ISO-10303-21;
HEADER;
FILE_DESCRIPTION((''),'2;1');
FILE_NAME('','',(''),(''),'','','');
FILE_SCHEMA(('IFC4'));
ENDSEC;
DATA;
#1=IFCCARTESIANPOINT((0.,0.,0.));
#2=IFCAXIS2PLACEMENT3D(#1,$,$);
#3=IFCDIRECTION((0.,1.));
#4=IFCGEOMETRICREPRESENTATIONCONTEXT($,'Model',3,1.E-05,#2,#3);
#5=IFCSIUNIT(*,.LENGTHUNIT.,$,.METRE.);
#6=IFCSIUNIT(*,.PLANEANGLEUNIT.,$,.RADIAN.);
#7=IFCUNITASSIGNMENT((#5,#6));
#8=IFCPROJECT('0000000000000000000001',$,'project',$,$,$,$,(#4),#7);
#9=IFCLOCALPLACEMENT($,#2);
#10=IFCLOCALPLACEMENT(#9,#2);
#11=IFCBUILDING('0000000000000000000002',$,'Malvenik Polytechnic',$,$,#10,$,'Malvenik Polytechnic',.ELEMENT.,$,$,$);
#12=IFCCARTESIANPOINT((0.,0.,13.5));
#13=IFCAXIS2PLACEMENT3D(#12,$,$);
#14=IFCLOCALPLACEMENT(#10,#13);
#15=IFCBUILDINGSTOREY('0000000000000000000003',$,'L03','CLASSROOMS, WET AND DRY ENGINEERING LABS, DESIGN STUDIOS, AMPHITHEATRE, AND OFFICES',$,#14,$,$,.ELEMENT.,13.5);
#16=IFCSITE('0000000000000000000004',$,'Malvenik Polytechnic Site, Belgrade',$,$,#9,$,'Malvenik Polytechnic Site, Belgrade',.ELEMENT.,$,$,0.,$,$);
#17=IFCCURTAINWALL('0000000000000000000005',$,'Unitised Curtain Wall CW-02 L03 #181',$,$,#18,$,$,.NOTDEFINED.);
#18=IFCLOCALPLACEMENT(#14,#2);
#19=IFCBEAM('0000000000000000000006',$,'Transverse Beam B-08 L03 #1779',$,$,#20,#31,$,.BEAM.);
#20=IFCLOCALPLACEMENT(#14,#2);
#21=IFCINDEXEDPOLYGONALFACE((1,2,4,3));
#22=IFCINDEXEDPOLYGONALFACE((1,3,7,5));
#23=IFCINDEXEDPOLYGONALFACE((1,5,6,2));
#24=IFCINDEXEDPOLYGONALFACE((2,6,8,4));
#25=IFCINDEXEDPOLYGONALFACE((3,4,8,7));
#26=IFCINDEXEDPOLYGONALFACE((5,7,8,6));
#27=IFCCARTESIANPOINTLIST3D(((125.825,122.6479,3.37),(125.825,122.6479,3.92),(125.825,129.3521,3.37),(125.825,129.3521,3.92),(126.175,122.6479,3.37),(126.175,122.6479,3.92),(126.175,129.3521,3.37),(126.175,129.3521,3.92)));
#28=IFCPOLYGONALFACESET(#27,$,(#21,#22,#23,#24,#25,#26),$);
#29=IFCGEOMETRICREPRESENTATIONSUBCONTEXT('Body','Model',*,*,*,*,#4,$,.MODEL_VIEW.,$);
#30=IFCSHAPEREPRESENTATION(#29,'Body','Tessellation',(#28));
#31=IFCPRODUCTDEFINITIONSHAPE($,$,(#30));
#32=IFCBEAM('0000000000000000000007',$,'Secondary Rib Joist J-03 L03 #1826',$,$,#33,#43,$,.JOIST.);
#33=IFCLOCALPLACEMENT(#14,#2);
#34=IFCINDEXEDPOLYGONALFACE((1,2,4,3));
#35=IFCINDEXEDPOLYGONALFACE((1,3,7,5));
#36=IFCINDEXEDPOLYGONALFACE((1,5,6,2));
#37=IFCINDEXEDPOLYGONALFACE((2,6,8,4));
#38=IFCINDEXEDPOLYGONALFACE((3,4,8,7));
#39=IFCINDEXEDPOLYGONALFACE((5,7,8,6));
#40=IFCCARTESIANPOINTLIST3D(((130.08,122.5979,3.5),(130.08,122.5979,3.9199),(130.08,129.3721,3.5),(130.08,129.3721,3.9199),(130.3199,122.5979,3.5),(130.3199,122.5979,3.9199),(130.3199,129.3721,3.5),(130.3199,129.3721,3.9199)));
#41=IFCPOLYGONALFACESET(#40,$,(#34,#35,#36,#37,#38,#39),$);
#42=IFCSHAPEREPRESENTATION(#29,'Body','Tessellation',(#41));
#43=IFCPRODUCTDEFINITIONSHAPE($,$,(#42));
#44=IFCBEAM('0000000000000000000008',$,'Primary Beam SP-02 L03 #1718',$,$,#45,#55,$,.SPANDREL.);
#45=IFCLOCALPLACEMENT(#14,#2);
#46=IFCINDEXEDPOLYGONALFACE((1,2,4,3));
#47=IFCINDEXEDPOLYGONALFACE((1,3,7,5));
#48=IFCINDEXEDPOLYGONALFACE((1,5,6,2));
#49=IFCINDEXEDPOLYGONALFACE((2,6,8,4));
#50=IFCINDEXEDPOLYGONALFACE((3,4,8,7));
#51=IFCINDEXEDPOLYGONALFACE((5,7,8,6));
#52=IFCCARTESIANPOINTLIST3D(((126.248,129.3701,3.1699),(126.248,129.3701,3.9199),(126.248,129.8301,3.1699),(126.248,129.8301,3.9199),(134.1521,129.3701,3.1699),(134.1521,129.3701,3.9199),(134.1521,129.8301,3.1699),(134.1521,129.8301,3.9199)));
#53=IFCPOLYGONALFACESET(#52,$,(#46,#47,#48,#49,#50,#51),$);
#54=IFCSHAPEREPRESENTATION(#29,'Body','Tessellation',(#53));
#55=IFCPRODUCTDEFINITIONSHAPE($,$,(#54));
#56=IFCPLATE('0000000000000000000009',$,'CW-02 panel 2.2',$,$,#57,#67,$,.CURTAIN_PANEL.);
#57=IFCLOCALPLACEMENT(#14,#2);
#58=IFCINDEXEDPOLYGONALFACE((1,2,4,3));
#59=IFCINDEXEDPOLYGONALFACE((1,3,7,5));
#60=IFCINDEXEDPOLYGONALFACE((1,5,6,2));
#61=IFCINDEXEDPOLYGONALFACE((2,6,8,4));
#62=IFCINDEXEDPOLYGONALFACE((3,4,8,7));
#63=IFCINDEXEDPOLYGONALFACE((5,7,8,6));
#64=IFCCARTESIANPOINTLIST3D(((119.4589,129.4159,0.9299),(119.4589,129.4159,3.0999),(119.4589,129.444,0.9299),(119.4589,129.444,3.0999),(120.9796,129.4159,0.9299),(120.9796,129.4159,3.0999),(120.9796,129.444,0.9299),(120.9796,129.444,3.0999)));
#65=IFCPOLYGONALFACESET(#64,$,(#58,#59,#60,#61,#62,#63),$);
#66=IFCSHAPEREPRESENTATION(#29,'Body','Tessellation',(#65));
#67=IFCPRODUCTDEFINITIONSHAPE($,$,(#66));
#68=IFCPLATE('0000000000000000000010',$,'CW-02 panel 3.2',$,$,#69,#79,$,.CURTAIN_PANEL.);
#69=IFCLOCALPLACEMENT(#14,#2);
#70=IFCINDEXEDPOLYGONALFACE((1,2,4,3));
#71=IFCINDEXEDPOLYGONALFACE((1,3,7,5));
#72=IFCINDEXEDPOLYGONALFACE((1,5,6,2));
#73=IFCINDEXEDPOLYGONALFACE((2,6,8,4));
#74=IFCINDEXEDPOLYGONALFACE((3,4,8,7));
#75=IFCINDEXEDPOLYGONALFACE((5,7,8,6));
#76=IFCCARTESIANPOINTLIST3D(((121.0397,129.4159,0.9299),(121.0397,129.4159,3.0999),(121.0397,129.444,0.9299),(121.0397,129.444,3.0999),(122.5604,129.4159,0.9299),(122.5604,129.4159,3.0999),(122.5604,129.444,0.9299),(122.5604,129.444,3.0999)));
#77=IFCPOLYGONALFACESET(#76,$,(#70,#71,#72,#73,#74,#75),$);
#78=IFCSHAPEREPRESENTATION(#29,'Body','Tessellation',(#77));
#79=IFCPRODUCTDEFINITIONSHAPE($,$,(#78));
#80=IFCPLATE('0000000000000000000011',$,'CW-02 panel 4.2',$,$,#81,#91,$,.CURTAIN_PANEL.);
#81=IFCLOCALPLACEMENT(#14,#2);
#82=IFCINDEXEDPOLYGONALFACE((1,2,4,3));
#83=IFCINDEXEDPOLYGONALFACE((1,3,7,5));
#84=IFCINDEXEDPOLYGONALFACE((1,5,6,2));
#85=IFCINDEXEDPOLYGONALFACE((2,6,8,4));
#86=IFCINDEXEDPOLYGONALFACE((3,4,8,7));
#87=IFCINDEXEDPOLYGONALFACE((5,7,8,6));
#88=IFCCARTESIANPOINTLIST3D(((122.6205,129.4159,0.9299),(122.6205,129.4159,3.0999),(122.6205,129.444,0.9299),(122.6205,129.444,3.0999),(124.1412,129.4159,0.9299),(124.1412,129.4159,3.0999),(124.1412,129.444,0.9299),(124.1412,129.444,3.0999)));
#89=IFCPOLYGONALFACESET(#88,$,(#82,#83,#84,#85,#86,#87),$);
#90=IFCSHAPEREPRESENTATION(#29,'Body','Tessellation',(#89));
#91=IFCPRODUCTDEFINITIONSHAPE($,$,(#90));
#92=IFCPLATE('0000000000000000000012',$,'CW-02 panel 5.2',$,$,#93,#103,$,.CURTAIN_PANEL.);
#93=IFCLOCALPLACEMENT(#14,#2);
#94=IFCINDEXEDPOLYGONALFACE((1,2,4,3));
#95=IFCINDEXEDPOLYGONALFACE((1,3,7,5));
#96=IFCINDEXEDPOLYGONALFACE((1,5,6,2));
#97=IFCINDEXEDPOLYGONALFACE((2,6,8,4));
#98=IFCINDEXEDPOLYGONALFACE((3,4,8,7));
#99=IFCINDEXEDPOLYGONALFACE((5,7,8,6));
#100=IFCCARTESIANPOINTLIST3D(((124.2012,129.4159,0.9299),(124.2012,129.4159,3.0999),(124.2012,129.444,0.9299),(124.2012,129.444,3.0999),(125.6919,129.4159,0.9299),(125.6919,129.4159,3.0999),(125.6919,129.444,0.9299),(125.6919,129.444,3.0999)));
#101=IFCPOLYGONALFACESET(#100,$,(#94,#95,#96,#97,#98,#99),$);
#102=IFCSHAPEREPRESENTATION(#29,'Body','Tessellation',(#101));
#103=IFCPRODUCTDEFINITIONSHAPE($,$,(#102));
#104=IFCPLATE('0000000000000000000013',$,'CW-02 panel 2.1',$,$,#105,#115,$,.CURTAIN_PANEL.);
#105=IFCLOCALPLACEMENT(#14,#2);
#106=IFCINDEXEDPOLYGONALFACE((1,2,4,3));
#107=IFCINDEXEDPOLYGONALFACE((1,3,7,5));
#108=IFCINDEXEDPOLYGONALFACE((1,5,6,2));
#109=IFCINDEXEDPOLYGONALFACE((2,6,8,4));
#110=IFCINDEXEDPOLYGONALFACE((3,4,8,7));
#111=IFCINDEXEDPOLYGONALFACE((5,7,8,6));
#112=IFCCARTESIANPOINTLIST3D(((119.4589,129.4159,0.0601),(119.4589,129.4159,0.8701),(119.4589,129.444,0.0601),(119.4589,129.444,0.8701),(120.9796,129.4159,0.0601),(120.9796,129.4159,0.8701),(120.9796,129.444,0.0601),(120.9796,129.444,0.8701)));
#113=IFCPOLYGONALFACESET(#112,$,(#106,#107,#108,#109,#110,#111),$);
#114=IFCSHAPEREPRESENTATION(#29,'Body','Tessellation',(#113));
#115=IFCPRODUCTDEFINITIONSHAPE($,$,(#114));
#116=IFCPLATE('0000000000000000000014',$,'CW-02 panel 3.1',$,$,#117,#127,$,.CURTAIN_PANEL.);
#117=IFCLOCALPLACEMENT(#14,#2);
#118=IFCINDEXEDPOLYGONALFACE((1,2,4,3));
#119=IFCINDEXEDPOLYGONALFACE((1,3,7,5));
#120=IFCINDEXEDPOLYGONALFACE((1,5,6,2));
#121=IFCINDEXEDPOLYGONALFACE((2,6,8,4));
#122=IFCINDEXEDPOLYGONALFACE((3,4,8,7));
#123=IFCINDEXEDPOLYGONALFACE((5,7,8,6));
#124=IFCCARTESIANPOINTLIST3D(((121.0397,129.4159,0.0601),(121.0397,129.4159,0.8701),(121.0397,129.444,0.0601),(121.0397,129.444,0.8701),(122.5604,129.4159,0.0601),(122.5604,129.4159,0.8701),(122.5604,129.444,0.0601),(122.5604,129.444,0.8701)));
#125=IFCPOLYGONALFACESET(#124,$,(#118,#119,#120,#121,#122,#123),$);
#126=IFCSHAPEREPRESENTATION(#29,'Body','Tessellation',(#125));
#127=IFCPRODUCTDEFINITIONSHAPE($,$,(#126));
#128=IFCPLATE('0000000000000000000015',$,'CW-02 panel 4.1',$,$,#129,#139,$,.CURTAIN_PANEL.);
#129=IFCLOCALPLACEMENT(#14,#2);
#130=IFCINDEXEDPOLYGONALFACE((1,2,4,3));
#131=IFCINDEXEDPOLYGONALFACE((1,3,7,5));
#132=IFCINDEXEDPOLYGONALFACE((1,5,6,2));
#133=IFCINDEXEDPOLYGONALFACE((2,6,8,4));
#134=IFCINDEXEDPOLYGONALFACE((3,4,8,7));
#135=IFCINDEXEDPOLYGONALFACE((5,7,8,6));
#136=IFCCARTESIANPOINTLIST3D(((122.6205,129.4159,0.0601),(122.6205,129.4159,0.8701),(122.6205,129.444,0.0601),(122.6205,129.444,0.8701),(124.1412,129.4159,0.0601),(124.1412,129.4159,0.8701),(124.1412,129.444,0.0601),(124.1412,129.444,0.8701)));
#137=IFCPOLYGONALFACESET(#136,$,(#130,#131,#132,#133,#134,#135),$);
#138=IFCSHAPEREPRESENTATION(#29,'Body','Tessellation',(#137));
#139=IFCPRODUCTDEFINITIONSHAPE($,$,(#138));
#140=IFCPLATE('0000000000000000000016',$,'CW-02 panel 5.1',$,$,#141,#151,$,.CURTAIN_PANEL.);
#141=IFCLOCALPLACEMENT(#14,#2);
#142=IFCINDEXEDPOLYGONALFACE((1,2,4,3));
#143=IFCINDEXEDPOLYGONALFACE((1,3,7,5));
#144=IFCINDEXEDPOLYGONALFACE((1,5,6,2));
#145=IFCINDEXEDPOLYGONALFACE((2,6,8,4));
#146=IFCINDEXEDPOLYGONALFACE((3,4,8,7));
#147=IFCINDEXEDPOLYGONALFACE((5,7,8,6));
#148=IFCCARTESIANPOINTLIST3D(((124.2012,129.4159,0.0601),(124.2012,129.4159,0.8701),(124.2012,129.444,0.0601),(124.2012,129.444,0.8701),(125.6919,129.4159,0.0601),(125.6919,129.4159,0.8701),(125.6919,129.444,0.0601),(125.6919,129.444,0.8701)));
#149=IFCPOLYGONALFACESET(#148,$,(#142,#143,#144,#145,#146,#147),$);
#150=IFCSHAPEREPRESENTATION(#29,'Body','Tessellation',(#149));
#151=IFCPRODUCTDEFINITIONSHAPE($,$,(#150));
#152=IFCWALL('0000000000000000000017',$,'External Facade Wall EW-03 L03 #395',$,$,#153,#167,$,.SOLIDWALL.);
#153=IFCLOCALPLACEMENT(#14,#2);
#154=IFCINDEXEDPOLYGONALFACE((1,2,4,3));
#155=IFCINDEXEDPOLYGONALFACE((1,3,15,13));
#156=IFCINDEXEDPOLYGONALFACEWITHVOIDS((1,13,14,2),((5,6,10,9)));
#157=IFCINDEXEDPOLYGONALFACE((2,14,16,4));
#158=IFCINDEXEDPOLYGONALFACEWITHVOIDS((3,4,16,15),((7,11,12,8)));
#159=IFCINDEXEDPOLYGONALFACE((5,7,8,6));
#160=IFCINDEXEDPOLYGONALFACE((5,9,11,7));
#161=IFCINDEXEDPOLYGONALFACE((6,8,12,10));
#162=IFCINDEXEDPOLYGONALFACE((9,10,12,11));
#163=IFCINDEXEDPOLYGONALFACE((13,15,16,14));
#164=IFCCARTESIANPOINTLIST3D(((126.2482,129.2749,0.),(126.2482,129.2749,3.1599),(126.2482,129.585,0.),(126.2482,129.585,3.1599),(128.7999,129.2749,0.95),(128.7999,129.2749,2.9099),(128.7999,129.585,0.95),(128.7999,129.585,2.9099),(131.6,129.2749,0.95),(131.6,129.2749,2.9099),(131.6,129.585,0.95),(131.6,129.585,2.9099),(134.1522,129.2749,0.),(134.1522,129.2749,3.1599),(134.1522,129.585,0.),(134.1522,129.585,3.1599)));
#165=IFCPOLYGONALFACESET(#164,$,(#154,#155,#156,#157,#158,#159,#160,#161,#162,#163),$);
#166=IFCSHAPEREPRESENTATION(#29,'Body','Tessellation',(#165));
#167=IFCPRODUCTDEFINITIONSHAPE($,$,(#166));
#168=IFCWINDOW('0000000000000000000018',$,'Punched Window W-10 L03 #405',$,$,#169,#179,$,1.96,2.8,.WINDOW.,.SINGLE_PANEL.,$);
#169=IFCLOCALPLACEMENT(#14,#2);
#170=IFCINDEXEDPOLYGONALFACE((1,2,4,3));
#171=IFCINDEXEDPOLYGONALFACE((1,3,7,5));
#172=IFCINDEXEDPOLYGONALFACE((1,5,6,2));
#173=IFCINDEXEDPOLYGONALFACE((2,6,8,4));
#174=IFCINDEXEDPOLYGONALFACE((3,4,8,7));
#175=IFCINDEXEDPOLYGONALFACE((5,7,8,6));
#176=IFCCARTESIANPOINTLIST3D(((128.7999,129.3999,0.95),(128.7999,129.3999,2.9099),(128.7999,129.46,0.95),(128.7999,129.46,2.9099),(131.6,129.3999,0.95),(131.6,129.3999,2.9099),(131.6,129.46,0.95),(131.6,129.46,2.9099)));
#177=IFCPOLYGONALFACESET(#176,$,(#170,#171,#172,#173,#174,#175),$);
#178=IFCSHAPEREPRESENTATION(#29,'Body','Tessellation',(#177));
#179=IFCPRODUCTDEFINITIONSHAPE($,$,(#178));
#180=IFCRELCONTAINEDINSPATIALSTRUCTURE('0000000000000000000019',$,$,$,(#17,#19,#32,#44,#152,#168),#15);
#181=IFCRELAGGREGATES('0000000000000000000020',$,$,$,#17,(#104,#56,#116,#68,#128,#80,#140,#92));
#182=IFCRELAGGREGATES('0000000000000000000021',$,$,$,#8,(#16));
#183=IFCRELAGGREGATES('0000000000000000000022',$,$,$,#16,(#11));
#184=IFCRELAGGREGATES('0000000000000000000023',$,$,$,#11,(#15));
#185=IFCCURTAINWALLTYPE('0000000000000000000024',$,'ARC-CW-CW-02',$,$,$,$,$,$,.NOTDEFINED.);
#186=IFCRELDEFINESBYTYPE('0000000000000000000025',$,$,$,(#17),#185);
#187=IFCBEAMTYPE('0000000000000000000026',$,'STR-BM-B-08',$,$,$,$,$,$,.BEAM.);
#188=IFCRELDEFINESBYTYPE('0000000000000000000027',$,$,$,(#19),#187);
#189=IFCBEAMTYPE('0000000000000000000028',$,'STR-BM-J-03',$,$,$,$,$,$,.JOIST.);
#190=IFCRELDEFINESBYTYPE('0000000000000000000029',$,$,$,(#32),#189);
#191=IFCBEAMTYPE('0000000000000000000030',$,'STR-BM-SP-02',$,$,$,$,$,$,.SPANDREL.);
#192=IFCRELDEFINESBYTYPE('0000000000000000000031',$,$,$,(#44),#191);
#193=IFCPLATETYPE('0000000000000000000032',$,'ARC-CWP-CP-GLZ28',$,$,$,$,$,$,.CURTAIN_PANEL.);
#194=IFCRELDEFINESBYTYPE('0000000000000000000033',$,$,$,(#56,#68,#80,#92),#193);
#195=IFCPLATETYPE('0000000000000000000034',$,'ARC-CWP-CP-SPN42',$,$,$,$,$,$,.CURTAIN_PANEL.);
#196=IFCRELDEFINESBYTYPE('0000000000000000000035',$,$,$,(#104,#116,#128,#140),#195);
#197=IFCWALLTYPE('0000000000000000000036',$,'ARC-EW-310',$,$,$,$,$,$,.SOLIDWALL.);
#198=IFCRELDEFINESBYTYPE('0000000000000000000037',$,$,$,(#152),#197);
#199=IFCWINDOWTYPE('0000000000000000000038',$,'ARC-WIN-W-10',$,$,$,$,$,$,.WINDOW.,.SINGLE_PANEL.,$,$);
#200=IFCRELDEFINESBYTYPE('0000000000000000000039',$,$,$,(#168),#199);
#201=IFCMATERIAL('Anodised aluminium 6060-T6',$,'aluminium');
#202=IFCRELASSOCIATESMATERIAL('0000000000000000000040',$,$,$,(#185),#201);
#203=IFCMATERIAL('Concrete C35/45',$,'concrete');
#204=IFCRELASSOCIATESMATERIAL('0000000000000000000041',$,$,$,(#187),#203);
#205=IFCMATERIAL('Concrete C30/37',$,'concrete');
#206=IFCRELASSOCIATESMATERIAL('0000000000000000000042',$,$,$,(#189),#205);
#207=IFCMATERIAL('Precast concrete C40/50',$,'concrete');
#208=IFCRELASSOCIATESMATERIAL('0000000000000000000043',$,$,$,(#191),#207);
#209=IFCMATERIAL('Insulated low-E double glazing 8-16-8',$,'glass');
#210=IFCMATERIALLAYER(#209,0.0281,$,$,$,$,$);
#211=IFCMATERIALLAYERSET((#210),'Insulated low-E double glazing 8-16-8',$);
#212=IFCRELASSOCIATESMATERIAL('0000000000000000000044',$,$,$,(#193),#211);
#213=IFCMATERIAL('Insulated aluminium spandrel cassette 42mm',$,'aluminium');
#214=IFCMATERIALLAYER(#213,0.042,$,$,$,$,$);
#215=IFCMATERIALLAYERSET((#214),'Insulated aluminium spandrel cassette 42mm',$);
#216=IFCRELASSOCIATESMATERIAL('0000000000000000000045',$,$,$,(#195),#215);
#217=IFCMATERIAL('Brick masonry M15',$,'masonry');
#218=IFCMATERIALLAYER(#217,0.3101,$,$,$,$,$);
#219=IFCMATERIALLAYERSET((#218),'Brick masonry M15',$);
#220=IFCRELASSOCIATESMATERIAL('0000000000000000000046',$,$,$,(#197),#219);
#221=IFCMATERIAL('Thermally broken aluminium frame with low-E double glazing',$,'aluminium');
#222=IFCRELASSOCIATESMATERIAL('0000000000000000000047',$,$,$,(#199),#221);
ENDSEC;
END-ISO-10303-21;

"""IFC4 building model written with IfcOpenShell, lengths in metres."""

from ifc_helpers import new_model, si_unit, direction, frame, frame_2d, origin, origin_2d, place, context, subcontext, project, spatial, rectangle, extrude, material, layer, layer_set, material_profile, profile_set, type_object, element, fill, aggregate, save


model = new_model("IFC4")

# Units and contexts
model_context = context("Model", 3, precision=1e-05, world=origin(), true_north=direction((0.0, 1.0)))
body_context = subcontext(model_context, "Body", "Model", "MODEL_VIEW")
ifc_project = project(units=[si_unit("LENGTHUNIT", "METRE"), si_unit("PLANEANGLEUNIT", "RADIAN")], contexts=[model_context])

# Site, building, storey
site_placement = place(None, origin())
site = spatial("IfcSite", under=ifc_project, at=site_placement, Name="Malvenik Polytechnic Site, Belgrade", LongName="Malvenik Polytechnic Site, Belgrade", CompositionType="ELEMENT", RefElevation=0.0)
building_placement = place(site_placement, origin())
building = spatial("IfcBuilding", under=site, at=building_placement, Name="Malvenik Polytechnic", LongName="Malvenik Polytechnic", CompositionType="ELEMENT")
storey_placement = place(building_placement, frame((0.0, 0.0, 13.5)))
storey = spatial("IfcBuildingStorey", under=building, at=storey_placement, Name="L03", Description="CLASSROOMS, WET AND DRY ENGINEERING LABS, DESIGN STUDIOS, AMPHITHEATRE, AND OFFICES", CompositionType="ELEMENT", Elevation=13.5)

# Shared definitions
ifc_material_1 = material(Name="Concrete C35/45", Category="concrete")

# Curtain wall
ifc_material_2 = material(Name="Anodised aluminium 6060-T6", Category="aluminium")
curtain_wall_type = type_object("IfcCurtainWallType", Name="ARC-CW-CW-02", PredefinedType="NOTDEFINED", material=ifc_material_2)
curtain_wall_placement = place(storey_placement, origin())
curtain_wall = element("IfcCurtainWall", 1, at=curtain_wall_placement, inside=storey, type_object=curtain_wall_type, Name="Unitised Curtain Wall CW-02 L03 #181", PredefinedType="NOTDEFINED")

# Beams
ifc_material_profile_1 = material_profile(ifc_material_1, rectangle(XDim=0.3501, YDim=0.55, at=origin_2d()), Name="RC BM 350x550")
ifc_profile_set_1 = profile_set([ifc_material_profile_1], Name="Concrete C35/45")
beam_type_1 = type_object("IfcBeamType", Name="STR-BM-B-08", PredefinedType="BEAM", material=ifc_profile_set_1)
beam_1_placement = place(storey_placement, frame((126.0, 122.6479, 3.645), z_axis=(0.0, 1.0, 0.0), x_axis=(-1.0, 0.0, 0.0)))
element("IfcBeam", 2, at=beam_1_placement, inside=storey, type_object=beam_type_1, Name="Transverse Beam B-08 L03 #1779", PredefinedType="BEAM", context=body_context, shape_type="SweptSolid", body=[
    extrude(rectangle(XDim=0.3501, YDim=0.55, at=origin_2d()), origin(), (0.0, 0.0, 1.0), 6.7041),
])
ifc_material_3 = material(Name="Concrete C30/37", Category="concrete")
ifc_material_profile_2 = material_profile(ifc_material_3, rectangle(XDim=0.24, YDim=0.4199, at=origin_2d()), Name="RC JST 240x420")
ifc_profile_set_2 = profile_set([ifc_material_profile_2], Name="Concrete C30/37")
beam_type_2 = type_object("IfcBeamType", Name="STR-BM-J-03", PredefinedType="JOIST", material=ifc_profile_set_2)
beam_2_placement = place(storey_placement, frame((130.2, 122.5979, 3.71), z_axis=(0.0, 1.0, 0.0), x_axis=(-1.0, 0.0, 0.0)))
element("IfcBeam", 3, at=beam_2_placement, inside=storey, type_object=beam_type_2, Name="Secondary Rib Joist J-03 L03 #1826", PredefinedType="JOIST", context=body_context, shape_type="SweptSolid", body=[
    extrude(rectangle(XDim=0.24, YDim=0.4199, at=origin_2d()), origin(), (0.0, 0.0, 1.0), 6.7742),
])
ifc_material_4 = material(Name="Precast concrete C40/50", Category="concrete")
ifc_material_profile_3 = material_profile(ifc_material_4, rectangle(XDim=0.46, YDim=0.75, at=origin_2d()), Name="PC SPN 460x750")
ifc_profile_set_3 = profile_set([ifc_material_profile_3], Name="Precast concrete C40/50")
beam_type_3 = type_object("IfcBeamType", Name="STR-BM-SP-02", PredefinedType="SPANDREL", material=ifc_profile_set_3)
beam_3_placement = place(storey_placement, frame((126.248, 129.6001, 3.5449), z_axis=(1.0, 0.0, 0.0), x_axis=(0.0, 1.0, 0.0)))
element("IfcBeam", 4, at=beam_3_placement, inside=storey, type_object=beam_type_3, Name="Primary Beam SP-02 L03 #1718", PredefinedType="SPANDREL", context=body_context, shape_type="SweptSolid", body=[
    extrude(rectangle(XDim=0.46, YDim=0.75, at=origin_2d()), origin(), (0.0, 0.0, 1.0), 7.9041),
])

# Plates
ifc_material_5 = material(Name="Insulated low-E double glazing 8-16-8", Category="glass")
ifc_layer_1 = layer(ifc_material_5, 0.0281)
ifc_layer_set_1 = layer_set([ifc_layer_1], Name="Insulated low-E double glazing 8-16-8")
plate_type_1 = type_object("IfcPlateType", Name="ARC-CWP-CP-GLZ28", PredefinedType="CURTAIN_PANEL", material=ifc_layer_set_1)
plate_1_placement = place(storey_placement, frame((120.2192, 129.4299, 0.9299), z_axis=(0.0, 0.0, 1.0), x_axis=(1.0, 0.0, 0.0)))
plate_1 = element("IfcPlate", 5, at=plate_1_placement, type_object=plate_type_1, Name="CW-02 panel 2.2", PredefinedType="CURTAIN_PANEL", context=body_context, shape_type="SweptSolid", body=[
    extrude(rectangle(XDim=1.5208, YDim=0.0281, at=origin_2d()), origin(), (0.0, 0.0, 1.0), 2.1699),
])
plate_2_placement = place(storey_placement, frame((121.8, 129.4299, 0.9299), z_axis=(0.0, 0.0, 1.0), x_axis=(1.0, 0.0, 0.0)))
plate_2 = element("IfcPlate", 6, at=plate_2_placement, type_object=plate_type_1, Name="CW-02 panel 3.2", PredefinedType="CURTAIN_PANEL", context=body_context, shape_type="SweptSolid", body=[
    extrude(rectangle(XDim=1.5208, YDim=0.0281, at=origin_2d()), origin(), (0.0, 0.0, 1.0), 2.1699),
])
plate_3_placement = place(storey_placement, frame((123.3809, 129.4299, 0.9299), z_axis=(0.0, 0.0, 1.0), x_axis=(1.0, 0.0, 0.0)))
plate_3 = element("IfcPlate", 7, at=plate_3_placement, type_object=plate_type_1, Name="CW-02 panel 4.2", PredefinedType="CURTAIN_PANEL", context=body_context, shape_type="SweptSolid", body=[
    extrude(rectangle(XDim=1.5208, YDim=0.0281, at=origin_2d()), origin(), (0.0, 0.0, 1.0), 2.1699),
])
plate_4_placement = place(storey_placement, frame((124.9465, 129.4299, 0.9299), z_axis=(0.0, 0.0, 1.0), x_axis=(1.0, 0.0, 0.0)))
plate_4 = element("IfcPlate", 8, at=plate_4_placement, type_object=plate_type_1, Name="CW-02 panel 5.2", PredefinedType="CURTAIN_PANEL", context=body_context, shape_type="SweptSolid", body=[
    extrude(rectangle(XDim=1.4907, YDim=0.0281, at=origin_2d()), origin(), (0.0, 0.0, 1.0), 2.1699),
])
ifc_material_6 = material(Name="Insulated aluminium spandrel cassette 42mm", Category="aluminium")
ifc_layer_2 = layer(ifc_material_6, 0.042)
ifc_layer_set_2 = layer_set([ifc_layer_2], Name="Insulated aluminium spandrel cassette 42mm")
plate_type_2 = type_object("IfcPlateType", Name="ARC-CWP-CP-SPN42", PredefinedType="CURTAIN_PANEL", material=ifc_layer_set_2)
plate_5_placement = place(storey_placement, frame((120.2192, 129.4299, 0.0601), z_axis=(0.0, 0.0, 1.0), x_axis=(1.0, 0.0, 0.0)))
plate_5 = element("IfcPlate", 9, at=plate_5_placement, type_object=plate_type_2, Name="CW-02 panel 2.1", PredefinedType="CURTAIN_PANEL", context=body_context, shape_type="SweptSolid", body=[
    extrude(rectangle(XDim=1.5208, YDim=0.0281, at=origin_2d()), origin(), (0.0, 0.0, 1.0), 0.8101),
])
plate_6_placement = place(storey_placement, frame((121.8, 129.4299, 0.0601), z_axis=(0.0, 0.0, 1.0), x_axis=(1.0, 0.0, 0.0)))
plate_6 = element("IfcPlate", 10, at=plate_6_placement, type_object=plate_type_2, Name="CW-02 panel 3.1", PredefinedType="CURTAIN_PANEL", context=body_context, shape_type="SweptSolid", body=[
    extrude(rectangle(XDim=1.5208, YDim=0.0281, at=origin_2d()), origin(), (0.0, 0.0, 1.0), 0.8101),
])
plate_7_placement = place(storey_placement, frame((123.3809, 129.4299, 0.0601), z_axis=(0.0, 0.0, 1.0), x_axis=(1.0, 0.0, 0.0)))
plate_7 = element("IfcPlate", 11, at=plate_7_placement, type_object=plate_type_2, Name="CW-02 panel 4.1", PredefinedType="CURTAIN_PANEL", context=body_context, shape_type="SweptSolid", body=[
    extrude(rectangle(XDim=1.5208, YDim=0.0281, at=origin_2d()), origin(), (0.0, 0.0, 1.0), 0.8101),
])
plate_8_placement = place(storey_placement, frame((124.9465, 129.4299, 0.0601), z_axis=(0.0, 0.0, 1.0), x_axis=(1.0, 0.0, 0.0)))
plate_8 = element("IfcPlate", 12, at=plate_8_placement, type_object=plate_type_2, Name="CW-02 panel 5.1", PredefinedType="CURTAIN_PANEL", context=body_context, shape_type="SweptSolid", body=[
    extrude(rectangle(XDim=1.4907, YDim=0.0281, at=origin_2d()), origin(), (0.0, 0.0, 1.0), 0.8101),
])
aggregate(curtain_wall, [plate_5, plate_1, plate_6, plate_2, plate_7, plate_3, plate_8, plate_4])

# Wall, opening, window
ifc_material_7 = material(Name="Brick masonry M15", Category="masonry")
ifc_layer_3 = layer(ifc_material_7, 0.3101)
ifc_layer_set_3 = layer_set([ifc_layer_3], Name="Brick masonry M15")
wall_type = type_object("IfcWallType", Name="ARC-EW-310", PredefinedType="SOLIDWALL", material=ifc_layer_set_3)
wall_placement = place(storey_placement, frame((126.248, 129.4299, 0.0), z_axis=(0.0, 0.0, 1.0), x_axis=(1.0, 0.0, 0.0)))
wall = element("IfcWall", 13, at=wall_placement, inside=storey, type_object=wall_type, Name="External Facade Wall EW-03 L03 #395", PredefinedType="SOLIDWALL", context=body_context, shape_type="SweptSolid", body=[
    extrude(rectangle(XDim=7.9041, YDim=0.3101, at=frame_2d((3.9521, 0.0))), origin(), (0.0, 0.0, 1.0), 3.1599),
])
opening_placement = place(wall_placement, frame((2.552, 0.0, 0.95)))
opening = element("IfcOpeningElement", 14, at=opening_placement, cuts=wall, PredefinedType="OPENING", context=body_context, shape_type="SweptSolid", body=[
    extrude(rectangle(XDim=2.8, YDim=1.96, at=frame_2d((1.3999, 0.98))), frame((0.0, 0.165, 0.0), z_axis=(0.0, -1.0, 0.0), x_axis=(1.0, 0.0, 0.0)), (0.0, 0.0, 1.0), 0.3301),
])
ifc_material_8 = material(Name="Thermally broken aluminium frame with low-E double glazing", Category="aluminium")
window_type = type_object("IfcWindowType", Name="ARC-WIN-W-10", PartitioningType="SINGLE_PANEL", PredefinedType="WINDOW", material=ifc_material_8)
window_placement = place(opening_placement, origin())
window = element("IfcWindow", 15, at=window_placement, inside=storey, type_object=window_type, Name="Punched Window W-10 L03 #405", OverallHeight=1.96, OverallWidth=2.8, PartitioningType="SINGLE_PANEL", PredefinedType="WINDOW", context=body_context, shape_type="SweptSolid", body=[
    extrude(rectangle(XDim=2.8, YDim=1.96, at=frame_2d((1.3999, 0.98))), frame((0.0, 0.03, 0.0), z_axis=(0.0, -1.0, 0.0), x_axis=(1.0, 0.0, 0.0)), (0.0, 0.0, 1.0), 0.0601),
])
fill(opening, window)

save(model, "model.ifc")
